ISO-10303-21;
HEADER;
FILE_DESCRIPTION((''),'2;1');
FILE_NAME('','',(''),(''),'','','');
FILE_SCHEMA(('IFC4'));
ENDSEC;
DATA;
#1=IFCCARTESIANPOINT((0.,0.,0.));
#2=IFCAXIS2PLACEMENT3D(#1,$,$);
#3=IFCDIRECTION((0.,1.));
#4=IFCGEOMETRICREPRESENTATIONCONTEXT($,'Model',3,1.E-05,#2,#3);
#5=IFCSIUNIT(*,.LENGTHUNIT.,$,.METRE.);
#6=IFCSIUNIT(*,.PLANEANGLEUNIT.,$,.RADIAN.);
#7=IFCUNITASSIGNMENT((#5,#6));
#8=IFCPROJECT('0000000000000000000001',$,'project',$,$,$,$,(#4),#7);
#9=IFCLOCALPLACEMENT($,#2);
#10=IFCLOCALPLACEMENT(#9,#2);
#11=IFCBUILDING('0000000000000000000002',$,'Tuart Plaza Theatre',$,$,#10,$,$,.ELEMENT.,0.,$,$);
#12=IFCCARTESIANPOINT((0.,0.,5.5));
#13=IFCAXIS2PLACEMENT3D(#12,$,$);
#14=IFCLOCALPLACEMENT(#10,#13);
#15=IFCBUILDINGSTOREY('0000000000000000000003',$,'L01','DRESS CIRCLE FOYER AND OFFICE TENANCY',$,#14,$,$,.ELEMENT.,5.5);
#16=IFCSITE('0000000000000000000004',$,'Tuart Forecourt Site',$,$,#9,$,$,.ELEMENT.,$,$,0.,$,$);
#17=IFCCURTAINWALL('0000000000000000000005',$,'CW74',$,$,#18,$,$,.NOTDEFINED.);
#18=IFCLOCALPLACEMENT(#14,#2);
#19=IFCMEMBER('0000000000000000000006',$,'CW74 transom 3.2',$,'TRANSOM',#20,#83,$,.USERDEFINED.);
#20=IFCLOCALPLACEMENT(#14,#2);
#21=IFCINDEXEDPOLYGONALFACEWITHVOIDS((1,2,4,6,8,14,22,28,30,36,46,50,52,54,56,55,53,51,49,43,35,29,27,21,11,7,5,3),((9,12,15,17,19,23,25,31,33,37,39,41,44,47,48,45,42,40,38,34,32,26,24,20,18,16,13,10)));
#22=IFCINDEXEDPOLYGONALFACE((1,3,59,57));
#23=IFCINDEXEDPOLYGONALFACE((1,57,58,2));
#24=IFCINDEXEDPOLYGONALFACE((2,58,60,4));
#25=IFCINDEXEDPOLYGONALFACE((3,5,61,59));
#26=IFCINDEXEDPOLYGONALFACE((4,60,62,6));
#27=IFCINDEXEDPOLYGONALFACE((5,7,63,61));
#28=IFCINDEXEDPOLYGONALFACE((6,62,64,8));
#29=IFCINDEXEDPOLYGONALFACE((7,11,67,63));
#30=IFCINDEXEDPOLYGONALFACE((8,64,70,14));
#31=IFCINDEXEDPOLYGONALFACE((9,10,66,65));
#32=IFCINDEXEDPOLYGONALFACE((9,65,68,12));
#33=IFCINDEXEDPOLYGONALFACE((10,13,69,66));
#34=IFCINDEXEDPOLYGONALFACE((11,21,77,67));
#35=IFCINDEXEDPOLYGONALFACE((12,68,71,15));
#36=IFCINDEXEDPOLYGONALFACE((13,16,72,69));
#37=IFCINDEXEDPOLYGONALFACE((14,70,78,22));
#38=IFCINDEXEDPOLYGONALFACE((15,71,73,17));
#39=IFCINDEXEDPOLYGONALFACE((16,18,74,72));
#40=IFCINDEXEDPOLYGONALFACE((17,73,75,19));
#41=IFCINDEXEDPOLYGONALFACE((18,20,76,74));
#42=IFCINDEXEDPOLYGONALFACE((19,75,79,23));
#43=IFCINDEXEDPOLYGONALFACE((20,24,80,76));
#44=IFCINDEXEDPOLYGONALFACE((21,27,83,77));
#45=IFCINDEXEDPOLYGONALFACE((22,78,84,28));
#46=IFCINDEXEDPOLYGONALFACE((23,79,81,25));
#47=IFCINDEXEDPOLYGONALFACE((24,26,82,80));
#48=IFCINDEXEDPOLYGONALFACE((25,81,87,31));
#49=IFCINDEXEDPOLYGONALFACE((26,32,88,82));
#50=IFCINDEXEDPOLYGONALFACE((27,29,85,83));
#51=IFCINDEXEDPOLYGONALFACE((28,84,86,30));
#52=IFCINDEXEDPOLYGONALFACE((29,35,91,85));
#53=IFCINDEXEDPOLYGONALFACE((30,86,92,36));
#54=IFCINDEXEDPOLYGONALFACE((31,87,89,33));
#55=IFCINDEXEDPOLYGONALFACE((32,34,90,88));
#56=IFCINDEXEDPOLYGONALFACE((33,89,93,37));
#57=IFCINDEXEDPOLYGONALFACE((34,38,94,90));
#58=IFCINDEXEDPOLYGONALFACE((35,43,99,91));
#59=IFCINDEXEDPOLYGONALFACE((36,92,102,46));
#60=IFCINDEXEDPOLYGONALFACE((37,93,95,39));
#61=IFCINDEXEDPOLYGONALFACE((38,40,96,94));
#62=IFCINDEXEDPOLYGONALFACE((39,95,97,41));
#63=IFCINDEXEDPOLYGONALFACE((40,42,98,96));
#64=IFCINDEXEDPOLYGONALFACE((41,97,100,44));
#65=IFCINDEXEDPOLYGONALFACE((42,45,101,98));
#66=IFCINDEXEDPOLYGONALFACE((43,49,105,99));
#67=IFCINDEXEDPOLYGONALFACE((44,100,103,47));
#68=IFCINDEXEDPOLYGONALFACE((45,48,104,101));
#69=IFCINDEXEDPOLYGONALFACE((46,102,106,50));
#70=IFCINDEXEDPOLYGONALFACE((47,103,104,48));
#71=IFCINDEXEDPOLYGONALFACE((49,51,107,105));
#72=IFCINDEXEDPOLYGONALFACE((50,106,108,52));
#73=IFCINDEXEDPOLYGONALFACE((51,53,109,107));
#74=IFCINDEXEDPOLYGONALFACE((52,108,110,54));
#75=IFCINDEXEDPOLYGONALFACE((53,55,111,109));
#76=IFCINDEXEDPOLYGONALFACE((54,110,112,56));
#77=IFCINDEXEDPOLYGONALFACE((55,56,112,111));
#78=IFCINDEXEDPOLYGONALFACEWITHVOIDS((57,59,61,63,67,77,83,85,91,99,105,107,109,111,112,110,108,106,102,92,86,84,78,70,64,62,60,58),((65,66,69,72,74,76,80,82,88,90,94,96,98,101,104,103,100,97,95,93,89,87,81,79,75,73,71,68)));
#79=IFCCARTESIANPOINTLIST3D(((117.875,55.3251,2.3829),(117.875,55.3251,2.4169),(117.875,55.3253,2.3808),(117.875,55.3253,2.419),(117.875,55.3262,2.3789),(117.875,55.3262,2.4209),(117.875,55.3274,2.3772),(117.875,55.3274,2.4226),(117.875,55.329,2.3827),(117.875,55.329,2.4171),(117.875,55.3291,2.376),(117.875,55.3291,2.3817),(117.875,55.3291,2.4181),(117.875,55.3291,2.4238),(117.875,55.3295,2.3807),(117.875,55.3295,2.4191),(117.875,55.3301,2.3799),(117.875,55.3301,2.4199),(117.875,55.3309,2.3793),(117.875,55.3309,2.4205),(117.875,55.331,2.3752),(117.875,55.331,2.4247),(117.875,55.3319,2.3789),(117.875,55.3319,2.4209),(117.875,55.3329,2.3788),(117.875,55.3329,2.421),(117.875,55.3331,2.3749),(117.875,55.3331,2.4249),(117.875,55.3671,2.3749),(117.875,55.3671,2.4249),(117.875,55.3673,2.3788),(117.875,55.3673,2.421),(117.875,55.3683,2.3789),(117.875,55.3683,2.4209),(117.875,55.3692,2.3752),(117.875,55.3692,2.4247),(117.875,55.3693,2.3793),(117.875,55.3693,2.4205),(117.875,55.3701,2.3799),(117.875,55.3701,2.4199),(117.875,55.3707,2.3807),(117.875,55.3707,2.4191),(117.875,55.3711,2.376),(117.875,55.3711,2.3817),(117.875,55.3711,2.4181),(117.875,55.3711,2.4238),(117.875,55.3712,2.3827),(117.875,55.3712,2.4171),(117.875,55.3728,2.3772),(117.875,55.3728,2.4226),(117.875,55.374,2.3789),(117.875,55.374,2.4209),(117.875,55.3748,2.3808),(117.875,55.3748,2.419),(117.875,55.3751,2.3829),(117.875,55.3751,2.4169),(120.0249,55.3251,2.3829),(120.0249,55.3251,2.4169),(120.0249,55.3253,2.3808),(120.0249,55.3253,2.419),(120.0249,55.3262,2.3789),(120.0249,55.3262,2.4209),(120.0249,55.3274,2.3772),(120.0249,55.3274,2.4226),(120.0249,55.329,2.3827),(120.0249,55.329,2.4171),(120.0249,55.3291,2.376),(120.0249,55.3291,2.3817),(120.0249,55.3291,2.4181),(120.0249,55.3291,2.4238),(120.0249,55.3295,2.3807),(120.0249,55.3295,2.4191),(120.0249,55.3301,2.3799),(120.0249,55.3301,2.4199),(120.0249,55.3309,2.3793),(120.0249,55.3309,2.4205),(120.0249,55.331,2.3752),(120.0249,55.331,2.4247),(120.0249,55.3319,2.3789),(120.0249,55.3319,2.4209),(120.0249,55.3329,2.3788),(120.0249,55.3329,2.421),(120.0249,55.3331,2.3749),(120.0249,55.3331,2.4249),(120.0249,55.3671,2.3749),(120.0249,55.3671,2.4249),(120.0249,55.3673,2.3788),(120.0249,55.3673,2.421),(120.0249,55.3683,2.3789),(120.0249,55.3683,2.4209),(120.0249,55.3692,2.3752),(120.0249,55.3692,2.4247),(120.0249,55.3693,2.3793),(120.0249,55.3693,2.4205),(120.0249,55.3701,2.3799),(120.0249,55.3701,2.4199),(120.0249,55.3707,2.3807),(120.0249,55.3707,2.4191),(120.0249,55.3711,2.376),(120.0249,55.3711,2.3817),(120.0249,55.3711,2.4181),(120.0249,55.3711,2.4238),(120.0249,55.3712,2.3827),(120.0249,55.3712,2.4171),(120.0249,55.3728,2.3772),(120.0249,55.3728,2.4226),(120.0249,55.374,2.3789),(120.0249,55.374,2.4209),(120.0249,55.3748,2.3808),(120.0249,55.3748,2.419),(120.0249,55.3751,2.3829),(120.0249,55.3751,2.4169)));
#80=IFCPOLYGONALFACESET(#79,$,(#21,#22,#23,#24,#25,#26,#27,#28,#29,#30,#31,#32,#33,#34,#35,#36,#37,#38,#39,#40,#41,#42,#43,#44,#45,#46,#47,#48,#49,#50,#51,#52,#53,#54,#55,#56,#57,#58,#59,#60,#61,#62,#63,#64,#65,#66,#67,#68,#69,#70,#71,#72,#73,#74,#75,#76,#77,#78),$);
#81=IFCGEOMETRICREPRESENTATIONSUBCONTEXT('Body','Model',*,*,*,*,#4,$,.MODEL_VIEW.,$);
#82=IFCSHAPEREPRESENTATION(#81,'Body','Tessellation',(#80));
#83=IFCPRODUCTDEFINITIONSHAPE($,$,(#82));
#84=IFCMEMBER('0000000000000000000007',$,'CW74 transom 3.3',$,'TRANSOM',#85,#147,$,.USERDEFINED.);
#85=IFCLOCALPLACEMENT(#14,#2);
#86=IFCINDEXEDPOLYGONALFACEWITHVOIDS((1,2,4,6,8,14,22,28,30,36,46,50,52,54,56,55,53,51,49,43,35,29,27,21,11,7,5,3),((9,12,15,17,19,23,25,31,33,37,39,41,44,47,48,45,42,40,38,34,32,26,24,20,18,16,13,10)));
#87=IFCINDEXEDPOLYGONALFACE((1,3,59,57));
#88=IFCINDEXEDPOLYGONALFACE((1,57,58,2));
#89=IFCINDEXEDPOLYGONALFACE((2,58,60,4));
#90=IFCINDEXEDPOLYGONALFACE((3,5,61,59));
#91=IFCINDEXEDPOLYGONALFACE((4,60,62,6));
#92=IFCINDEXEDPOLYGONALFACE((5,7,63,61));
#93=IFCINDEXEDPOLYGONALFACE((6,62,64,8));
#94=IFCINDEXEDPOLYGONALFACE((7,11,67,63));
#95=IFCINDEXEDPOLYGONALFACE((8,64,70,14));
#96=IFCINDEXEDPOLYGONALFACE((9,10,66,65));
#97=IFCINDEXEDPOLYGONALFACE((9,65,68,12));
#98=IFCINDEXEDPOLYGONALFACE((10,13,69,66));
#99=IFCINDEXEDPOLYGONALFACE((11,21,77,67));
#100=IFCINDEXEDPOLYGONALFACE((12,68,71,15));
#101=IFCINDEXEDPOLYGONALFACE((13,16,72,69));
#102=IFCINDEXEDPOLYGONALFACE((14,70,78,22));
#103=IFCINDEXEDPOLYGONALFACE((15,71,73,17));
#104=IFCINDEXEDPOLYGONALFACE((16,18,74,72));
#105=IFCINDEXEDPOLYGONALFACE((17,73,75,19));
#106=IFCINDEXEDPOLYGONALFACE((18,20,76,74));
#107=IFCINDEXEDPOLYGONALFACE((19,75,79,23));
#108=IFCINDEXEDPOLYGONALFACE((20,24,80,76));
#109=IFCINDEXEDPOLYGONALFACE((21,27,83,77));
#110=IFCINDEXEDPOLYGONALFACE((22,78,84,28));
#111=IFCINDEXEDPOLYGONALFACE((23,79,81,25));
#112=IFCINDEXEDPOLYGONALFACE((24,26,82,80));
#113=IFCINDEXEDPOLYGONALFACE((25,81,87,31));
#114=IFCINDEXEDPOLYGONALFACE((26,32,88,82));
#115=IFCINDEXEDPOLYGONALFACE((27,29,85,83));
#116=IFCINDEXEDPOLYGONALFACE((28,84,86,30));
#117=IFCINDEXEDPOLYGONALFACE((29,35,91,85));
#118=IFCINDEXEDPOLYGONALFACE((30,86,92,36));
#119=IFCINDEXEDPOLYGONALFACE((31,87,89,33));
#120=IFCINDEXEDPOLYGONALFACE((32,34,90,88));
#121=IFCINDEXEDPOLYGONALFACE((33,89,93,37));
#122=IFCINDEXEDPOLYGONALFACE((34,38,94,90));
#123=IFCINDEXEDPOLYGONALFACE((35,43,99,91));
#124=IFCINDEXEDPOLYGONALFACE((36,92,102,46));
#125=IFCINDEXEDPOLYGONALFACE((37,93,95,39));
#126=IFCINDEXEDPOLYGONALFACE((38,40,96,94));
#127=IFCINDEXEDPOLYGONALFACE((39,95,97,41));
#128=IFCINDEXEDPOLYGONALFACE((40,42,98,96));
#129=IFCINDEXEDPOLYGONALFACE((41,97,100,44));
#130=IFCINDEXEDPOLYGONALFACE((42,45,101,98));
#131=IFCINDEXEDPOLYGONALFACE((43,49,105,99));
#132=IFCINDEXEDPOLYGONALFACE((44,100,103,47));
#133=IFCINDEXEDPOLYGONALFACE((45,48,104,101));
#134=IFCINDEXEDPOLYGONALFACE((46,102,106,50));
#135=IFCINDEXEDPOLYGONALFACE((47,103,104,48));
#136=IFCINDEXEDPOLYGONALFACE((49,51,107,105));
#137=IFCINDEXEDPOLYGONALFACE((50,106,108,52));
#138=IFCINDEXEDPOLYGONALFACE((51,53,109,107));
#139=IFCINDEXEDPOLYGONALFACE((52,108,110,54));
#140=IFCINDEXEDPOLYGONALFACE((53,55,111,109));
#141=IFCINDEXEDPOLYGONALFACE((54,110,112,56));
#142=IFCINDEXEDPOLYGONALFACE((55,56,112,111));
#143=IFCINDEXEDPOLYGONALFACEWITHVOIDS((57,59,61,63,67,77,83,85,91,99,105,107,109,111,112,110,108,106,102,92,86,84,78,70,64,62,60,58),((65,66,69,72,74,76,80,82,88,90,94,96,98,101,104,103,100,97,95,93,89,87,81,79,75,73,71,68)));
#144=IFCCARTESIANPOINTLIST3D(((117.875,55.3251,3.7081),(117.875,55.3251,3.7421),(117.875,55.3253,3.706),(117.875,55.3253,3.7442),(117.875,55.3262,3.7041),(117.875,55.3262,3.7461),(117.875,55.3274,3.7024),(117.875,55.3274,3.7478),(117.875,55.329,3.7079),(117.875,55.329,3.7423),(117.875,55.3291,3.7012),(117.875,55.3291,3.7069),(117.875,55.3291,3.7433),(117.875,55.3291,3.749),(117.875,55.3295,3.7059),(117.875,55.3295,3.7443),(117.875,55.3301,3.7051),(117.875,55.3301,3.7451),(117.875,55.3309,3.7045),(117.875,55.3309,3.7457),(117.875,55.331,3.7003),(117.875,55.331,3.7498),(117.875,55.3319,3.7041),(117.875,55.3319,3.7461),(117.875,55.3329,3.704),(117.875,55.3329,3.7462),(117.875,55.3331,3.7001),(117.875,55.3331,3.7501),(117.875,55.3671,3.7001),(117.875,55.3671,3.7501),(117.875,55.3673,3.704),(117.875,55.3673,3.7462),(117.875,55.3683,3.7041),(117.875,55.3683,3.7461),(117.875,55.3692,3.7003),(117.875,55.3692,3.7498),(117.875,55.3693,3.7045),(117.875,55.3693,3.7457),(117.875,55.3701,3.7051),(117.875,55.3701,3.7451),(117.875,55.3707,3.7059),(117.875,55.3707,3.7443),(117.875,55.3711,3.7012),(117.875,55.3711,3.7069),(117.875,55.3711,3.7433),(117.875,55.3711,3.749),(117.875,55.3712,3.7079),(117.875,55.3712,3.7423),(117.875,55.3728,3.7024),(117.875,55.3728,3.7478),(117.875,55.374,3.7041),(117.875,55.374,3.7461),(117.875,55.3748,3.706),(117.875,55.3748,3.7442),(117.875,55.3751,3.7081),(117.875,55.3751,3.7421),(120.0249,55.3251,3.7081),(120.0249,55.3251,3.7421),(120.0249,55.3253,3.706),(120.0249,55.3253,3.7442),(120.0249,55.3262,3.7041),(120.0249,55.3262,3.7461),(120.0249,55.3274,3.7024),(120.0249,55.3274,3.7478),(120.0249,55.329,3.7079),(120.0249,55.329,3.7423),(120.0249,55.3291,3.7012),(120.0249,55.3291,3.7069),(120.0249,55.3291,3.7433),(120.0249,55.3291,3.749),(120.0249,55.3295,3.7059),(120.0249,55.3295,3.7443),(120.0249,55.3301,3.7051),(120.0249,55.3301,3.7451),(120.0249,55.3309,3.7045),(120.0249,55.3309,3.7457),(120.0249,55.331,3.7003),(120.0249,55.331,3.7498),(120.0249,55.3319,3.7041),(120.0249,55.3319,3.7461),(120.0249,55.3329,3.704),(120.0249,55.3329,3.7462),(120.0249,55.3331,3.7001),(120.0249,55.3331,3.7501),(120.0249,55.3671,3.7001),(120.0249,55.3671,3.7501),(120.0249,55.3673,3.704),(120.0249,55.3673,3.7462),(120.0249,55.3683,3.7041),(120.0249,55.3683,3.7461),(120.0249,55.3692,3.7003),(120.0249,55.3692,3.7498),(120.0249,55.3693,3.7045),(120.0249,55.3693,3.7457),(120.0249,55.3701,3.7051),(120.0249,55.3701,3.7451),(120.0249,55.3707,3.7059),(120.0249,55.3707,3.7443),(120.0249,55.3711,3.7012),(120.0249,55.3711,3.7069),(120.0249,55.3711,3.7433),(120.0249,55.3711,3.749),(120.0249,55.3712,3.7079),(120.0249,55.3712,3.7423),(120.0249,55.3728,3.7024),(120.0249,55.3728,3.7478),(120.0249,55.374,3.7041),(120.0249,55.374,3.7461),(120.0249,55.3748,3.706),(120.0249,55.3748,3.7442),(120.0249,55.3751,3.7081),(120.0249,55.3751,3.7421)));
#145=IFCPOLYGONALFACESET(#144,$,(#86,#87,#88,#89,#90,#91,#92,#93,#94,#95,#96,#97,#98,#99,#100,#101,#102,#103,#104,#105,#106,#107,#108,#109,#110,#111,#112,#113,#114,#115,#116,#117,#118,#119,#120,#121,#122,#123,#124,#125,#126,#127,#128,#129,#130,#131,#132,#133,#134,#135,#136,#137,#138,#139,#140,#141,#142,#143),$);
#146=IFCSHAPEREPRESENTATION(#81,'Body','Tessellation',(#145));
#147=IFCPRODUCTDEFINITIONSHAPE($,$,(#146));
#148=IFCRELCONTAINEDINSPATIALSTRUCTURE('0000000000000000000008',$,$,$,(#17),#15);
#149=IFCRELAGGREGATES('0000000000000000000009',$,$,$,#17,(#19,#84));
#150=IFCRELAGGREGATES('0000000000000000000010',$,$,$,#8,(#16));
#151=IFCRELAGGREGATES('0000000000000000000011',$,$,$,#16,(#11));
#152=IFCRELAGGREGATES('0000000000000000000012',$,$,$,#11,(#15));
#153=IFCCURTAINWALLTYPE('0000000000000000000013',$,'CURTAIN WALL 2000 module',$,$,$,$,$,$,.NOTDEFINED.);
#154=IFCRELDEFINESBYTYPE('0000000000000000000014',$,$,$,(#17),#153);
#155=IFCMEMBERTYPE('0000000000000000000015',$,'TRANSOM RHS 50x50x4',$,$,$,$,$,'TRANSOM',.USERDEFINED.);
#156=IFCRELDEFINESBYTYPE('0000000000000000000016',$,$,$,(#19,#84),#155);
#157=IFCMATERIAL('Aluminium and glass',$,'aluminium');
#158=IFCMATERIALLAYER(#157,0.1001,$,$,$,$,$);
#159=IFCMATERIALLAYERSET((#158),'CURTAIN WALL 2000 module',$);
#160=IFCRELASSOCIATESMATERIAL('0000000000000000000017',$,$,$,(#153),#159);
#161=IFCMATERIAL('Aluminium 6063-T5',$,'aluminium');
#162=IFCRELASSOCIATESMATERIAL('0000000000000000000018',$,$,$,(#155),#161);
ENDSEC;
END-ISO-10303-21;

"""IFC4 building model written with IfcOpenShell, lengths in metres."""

from ifc_helpers import new_model, si_unit, direction, frame, origin, origin_2d, place, context, subcontext, project, spatial, hollow_rectangle, extrude, material, layer, layer_set, material_profile, profile_set, type_object, element, aggregate, save


model = new_model("IFC4")

# Units and contexts
model_context = context("Model", 3, precision=1e-05, world=origin(), true_north=direction((0.0, 1.0)))
body_context = subcontext(model_context, "Body", "Model", "MODEL_VIEW")
ifc_project = project(units=[si_unit("LENGTHUNIT", "METRE"), si_unit("PLANEANGLEUNIT", "RADIAN")], contexts=[model_context])

# Site, building, storey
site_placement = place(None, origin())
site = spatial("IfcSite", under=ifc_project, at=site_placement, Name="Tuart Forecourt Site", CompositionType="ELEMENT", RefElevation=0.0)
building_placement = place(site_placement, origin())
building = spatial("IfcBuilding", under=site, at=building_placement, Name="Tuart Plaza Theatre", CompositionType="ELEMENT", ElevationOfRefHeight=0.0)
storey_placement = place(building_placement, frame((0.0, 0.0, 5.5)))
storey = spatial("IfcBuildingStorey", under=building, at=storey_placement, Name="L01", Description="DRESS CIRCLE FOYER AND OFFICE TENANCY", CompositionType="ELEMENT", Elevation=5.5)

# Curtain wall, members
ifc_material_1 = material(Name="Aluminium and glass", Category="aluminium")
ifc_layer_1 = layer(ifc_material_1, 0.1001)
ifc_layer_set_1 = layer_set([ifc_layer_1], Name="CURTAIN WALL 2000 module")
curtain_wall_type = type_object("IfcCurtainWallType", Name="CURTAIN WALL 2000 module", PredefinedType="NOTDEFINED", material=ifc_layer_set_1)
curtain_wall_1_placement = place(storey_placement, origin())
curtain_wall_1 = element("IfcCurtainWall", 1, at=curtain_wall_1_placement, inside=storey, type_object=curtain_wall_type, Name="CW74", PredefinedType="NOTDEFINED")
ifc_material_2 = material(Name="Aluminium 6063-T5", Category="aluminium")
ifc_material_profile_1 = material_profile(ifc_material_2, hollow_rectangle(XDim=0.05, YDim=0.05, WallThickness=0.0039, InnerFilletRadius=0.0039, OuterFilletRadius=0.0081, at=origin_2d()), Name="RHS 50x50x4")
ifc_profile_set_1 = profile_set([ifc_material_profile_1], Name="Aluminium 6063-T5")
member_type_1 = type_object("IfcMemberType", Name="TRANSOM RHS 50x50x4", ElementType="TRANSOM", PredefinedType="USERDEFINED", material=ifc_profile_set_1)
member_1_placement = place(storey_placement, frame((117.875, 55.3501, 2.3999), z_axis=(1.0, 0.0, 0.0), x_axis=(0.0, 1.0, 0.0)))
member_1 = element("IfcMember", 2, at=member_1_placement, type_object=member_type_1, Name="CW74 transom 3.2", ObjectType="TRANSOM", PredefinedType="USERDEFINED", context=body_context, shape_type="SweptSolid", body=[
    extrude(hollow_rectangle(XDim=0.05, YDim=0.05, WallThickness=0.0039, InnerFilletRadius=0.0039, OuterFilletRadius=0.0081, at=origin_2d()), origin(), (0.0, 0.0, 1.0), 2.1499),
])
member_2_placement = place(storey_placement, frame((117.875, 55.3501, 3.7251), z_axis=(1.0, 0.0, 0.0), x_axis=(0.0, 1.0, 0.0)))
member_2 = element("IfcMember", 3, at=member_2_placement, type_object=member_type_1, Name="CW74 transom 3.3", ObjectType="TRANSOM", PredefinedType="USERDEFINED", context=body_context, shape_type="SweptSolid", body=[
    extrude(hollow_rectangle(XDim=0.05, YDim=0.05, WallThickness=0.0039, InnerFilletRadius=0.0039, OuterFilletRadius=0.0081, at=origin_2d()), origin(), (0.0, 0.0, 1.0), 2.1499),
])

aggregate(curtain_wall_1, [member_1, member_2])

save(model, "model.ifc")
